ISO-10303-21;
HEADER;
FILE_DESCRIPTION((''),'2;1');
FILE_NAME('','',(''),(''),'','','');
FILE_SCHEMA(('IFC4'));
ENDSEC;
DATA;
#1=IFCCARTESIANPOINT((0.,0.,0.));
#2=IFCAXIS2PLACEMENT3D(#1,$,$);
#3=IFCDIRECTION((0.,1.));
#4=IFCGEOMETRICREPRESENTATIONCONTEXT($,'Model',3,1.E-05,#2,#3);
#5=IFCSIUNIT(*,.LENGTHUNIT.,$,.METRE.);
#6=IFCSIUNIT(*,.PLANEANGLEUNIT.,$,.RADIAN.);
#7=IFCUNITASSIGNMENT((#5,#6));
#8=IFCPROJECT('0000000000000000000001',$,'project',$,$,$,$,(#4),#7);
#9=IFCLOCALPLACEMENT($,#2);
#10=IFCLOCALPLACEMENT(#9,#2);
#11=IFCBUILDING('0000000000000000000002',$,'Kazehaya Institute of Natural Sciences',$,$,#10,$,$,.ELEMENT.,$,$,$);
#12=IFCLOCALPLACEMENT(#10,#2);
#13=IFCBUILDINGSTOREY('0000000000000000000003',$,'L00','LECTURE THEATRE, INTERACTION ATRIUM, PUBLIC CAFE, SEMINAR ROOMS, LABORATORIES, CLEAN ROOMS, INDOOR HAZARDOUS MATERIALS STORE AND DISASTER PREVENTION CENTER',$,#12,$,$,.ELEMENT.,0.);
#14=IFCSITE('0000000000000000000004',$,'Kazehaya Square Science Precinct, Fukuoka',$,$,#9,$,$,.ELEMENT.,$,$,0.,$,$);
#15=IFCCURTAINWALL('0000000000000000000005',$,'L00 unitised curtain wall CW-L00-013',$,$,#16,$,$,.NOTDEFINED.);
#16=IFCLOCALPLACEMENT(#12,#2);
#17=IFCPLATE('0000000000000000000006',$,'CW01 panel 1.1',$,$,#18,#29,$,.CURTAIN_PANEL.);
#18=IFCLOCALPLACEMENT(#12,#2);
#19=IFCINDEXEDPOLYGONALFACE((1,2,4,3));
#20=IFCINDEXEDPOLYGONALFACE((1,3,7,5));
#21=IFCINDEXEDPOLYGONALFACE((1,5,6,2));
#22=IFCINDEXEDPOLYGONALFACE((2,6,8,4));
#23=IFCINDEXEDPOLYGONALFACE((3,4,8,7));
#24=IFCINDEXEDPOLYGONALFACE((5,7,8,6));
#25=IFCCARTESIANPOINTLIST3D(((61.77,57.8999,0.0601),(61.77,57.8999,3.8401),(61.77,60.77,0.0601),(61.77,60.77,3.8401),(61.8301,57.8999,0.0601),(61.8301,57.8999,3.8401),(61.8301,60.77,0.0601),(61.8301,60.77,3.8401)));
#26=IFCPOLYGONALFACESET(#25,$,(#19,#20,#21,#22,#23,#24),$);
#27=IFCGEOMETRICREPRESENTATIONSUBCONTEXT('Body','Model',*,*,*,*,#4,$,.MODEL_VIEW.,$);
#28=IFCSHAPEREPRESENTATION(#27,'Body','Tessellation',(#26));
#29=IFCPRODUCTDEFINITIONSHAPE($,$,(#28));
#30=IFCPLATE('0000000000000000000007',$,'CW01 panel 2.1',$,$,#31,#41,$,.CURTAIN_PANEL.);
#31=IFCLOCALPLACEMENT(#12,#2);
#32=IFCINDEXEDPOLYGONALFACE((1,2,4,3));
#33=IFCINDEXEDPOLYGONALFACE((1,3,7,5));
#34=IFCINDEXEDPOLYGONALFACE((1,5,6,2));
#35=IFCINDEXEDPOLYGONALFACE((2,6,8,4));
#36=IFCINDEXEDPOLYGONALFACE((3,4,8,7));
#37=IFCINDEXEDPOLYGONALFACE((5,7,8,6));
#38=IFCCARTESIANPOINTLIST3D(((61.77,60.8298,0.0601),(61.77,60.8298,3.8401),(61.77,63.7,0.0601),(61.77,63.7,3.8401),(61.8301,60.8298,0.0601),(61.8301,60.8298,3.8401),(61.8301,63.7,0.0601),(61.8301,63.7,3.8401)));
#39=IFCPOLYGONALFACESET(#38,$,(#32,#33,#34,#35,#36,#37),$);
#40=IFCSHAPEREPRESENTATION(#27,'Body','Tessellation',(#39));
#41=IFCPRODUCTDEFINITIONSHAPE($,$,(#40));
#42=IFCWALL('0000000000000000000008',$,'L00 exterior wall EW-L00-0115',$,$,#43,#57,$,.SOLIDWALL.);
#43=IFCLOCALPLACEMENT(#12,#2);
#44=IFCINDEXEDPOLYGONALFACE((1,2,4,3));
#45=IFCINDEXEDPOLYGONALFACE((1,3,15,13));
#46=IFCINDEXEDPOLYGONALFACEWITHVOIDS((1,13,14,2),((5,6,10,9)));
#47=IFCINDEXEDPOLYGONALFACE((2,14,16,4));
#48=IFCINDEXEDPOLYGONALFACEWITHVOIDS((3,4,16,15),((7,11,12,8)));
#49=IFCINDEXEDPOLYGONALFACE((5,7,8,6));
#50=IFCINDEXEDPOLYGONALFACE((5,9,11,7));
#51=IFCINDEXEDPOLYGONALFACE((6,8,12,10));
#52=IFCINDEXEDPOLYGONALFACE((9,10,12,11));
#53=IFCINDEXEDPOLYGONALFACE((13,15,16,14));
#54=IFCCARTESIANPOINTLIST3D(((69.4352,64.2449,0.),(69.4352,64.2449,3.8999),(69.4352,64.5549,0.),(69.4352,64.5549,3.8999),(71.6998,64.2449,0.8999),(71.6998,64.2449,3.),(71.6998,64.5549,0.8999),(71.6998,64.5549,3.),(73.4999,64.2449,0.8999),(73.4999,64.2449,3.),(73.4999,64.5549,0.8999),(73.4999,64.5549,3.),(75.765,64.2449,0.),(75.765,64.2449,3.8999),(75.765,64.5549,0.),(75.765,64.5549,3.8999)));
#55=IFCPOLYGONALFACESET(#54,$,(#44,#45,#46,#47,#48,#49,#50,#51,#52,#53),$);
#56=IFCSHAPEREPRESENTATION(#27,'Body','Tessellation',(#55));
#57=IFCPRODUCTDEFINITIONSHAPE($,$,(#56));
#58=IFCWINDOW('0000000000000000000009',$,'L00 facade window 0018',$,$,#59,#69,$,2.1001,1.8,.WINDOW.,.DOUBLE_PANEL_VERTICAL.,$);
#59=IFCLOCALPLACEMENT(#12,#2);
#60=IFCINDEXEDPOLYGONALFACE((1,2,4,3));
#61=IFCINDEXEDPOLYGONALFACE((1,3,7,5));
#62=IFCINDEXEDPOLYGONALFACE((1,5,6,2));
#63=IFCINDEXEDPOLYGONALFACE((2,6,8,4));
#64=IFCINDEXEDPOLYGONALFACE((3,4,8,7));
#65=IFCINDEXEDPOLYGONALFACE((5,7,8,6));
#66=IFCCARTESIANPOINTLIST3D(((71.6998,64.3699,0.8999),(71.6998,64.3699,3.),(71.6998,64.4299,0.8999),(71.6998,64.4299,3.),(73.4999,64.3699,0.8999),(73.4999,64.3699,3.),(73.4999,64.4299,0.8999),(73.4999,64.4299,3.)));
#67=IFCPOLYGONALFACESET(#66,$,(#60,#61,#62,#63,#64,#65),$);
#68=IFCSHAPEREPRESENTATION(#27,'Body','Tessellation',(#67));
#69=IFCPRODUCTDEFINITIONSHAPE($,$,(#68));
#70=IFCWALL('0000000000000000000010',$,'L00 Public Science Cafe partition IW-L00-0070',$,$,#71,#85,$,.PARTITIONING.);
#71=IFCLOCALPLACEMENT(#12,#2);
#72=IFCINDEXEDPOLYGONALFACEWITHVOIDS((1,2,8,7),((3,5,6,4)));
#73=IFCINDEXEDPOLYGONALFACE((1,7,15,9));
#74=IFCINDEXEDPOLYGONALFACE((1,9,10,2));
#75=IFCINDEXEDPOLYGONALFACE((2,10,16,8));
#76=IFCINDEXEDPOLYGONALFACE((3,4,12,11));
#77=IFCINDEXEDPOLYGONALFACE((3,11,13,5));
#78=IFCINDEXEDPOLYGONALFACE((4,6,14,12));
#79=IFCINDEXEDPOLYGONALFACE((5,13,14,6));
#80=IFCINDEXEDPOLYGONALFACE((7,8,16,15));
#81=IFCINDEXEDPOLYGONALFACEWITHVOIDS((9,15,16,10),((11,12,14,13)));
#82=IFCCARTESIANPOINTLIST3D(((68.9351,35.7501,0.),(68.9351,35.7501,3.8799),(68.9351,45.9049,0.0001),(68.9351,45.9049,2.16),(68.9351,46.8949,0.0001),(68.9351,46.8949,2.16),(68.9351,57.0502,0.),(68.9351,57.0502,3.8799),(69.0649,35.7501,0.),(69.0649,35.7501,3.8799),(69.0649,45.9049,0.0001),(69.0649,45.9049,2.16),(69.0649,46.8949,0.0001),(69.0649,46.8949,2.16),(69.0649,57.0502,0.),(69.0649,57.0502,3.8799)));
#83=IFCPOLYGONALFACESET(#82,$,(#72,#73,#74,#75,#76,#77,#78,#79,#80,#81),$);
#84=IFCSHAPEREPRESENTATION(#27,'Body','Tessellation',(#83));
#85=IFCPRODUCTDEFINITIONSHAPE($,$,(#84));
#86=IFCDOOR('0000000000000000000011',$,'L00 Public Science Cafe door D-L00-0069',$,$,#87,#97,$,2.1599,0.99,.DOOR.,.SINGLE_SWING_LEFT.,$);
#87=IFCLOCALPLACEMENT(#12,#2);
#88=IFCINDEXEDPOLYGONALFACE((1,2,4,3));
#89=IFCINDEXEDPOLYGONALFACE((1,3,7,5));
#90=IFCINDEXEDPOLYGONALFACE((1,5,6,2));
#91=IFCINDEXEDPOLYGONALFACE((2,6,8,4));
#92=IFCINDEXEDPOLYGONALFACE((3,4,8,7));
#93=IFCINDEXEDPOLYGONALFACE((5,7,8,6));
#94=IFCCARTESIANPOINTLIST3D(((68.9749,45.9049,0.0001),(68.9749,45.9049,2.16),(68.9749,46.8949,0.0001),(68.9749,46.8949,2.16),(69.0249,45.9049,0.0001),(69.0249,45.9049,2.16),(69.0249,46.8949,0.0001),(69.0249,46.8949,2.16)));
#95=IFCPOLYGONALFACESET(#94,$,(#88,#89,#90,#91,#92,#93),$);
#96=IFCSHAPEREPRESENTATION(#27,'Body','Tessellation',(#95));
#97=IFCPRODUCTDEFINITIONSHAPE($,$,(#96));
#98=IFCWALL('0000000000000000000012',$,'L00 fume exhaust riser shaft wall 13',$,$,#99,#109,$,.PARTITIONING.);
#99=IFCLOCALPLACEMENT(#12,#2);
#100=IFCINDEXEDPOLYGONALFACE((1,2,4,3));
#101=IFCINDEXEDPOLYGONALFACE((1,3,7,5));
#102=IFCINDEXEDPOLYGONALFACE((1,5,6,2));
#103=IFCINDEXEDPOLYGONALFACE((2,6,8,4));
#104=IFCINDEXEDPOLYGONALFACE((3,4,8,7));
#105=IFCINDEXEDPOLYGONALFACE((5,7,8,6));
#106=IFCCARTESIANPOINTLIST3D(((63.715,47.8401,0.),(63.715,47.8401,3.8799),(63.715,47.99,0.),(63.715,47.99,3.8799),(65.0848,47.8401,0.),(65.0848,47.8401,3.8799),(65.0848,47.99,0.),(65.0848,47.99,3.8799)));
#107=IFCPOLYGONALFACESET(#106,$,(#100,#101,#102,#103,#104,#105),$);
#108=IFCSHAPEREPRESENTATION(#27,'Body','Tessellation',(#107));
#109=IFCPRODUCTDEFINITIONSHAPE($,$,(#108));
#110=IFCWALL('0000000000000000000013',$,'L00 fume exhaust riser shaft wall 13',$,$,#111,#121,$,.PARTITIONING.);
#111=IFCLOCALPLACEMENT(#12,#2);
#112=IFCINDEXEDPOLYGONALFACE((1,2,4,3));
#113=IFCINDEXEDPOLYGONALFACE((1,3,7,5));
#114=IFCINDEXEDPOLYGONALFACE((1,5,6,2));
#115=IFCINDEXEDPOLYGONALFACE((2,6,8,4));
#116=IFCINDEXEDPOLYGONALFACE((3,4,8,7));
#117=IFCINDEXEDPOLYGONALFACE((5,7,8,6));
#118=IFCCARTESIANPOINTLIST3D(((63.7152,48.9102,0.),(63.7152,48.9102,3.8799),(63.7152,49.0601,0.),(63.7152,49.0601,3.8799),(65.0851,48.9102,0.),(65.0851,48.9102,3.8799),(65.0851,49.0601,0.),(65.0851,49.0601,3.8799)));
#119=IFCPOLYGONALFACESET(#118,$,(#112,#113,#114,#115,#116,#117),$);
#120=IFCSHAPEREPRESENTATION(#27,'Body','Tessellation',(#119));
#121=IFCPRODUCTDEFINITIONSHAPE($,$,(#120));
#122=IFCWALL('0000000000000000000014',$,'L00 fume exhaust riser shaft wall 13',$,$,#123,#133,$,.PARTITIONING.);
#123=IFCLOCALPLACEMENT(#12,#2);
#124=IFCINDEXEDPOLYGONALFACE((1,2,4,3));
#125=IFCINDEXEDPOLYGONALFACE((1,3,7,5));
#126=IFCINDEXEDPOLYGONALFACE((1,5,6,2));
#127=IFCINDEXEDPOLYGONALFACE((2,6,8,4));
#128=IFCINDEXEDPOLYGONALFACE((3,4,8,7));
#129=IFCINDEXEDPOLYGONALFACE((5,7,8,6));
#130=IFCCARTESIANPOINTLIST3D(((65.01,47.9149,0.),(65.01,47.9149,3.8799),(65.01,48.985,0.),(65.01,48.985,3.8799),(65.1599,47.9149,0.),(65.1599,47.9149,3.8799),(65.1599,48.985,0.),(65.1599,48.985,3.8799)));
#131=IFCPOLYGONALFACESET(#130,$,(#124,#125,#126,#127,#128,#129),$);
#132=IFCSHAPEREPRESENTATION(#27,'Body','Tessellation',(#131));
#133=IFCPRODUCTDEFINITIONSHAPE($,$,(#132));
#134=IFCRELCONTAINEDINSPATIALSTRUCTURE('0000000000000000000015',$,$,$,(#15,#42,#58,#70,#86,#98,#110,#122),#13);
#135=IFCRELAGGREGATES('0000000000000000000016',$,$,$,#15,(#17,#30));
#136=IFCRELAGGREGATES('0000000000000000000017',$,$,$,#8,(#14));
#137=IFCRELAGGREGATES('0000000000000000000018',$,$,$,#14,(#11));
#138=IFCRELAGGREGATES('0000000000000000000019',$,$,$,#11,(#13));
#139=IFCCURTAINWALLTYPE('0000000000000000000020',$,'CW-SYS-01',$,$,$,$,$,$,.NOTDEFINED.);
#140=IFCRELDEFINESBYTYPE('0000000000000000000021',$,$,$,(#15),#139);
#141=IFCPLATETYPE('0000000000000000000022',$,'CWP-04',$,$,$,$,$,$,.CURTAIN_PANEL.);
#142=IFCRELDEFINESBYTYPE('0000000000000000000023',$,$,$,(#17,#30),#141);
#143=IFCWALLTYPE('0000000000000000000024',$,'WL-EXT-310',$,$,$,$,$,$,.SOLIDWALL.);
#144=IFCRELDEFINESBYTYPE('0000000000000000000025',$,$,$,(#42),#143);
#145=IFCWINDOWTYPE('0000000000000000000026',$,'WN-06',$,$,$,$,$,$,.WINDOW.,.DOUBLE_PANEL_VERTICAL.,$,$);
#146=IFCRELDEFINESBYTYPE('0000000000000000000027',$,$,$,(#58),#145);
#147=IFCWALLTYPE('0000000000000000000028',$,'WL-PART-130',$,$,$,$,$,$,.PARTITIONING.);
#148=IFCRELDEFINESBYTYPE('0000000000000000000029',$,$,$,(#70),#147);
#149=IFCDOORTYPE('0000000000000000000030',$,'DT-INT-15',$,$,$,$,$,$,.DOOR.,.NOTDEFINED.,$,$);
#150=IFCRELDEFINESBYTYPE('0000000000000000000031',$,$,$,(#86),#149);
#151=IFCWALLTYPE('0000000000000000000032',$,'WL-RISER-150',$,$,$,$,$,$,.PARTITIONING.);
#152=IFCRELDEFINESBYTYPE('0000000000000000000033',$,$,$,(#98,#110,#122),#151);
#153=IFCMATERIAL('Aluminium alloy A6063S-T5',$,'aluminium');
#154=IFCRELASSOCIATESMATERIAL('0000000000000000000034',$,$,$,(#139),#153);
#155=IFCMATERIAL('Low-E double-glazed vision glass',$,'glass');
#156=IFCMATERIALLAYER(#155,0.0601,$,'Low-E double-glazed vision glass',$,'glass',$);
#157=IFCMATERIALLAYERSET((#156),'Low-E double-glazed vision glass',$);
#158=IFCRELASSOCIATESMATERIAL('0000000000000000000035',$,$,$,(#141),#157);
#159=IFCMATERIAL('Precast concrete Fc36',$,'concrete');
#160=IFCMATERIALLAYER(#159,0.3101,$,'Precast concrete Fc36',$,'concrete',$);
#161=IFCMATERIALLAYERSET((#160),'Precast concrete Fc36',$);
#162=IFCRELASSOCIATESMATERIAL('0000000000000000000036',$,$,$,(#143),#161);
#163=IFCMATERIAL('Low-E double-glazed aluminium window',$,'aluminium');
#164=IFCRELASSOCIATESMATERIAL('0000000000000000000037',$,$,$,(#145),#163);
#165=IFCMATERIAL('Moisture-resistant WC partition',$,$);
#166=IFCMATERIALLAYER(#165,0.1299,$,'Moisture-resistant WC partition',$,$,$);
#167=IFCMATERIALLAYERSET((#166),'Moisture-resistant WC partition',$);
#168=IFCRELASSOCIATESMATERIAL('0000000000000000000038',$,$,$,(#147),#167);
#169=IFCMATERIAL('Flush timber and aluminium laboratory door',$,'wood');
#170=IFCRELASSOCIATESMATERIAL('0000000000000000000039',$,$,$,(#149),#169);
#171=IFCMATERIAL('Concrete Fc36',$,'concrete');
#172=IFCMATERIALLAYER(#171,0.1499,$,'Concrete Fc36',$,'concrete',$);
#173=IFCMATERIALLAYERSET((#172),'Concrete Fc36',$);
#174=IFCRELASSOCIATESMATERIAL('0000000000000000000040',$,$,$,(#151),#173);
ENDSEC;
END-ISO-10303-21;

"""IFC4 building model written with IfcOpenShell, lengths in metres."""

from ifc_helpers import new_model, si_unit, direction, frame, frame_2d, origin, origin_2d, place, context, subcontext, project, spatial, rectangle, extrude, material, layer, layer_set, type_object, element, fill, aggregate, save


model = new_model("IFC4")

# Units and contexts
model_context = context("Model", 3, precision=1e-05, world=origin(), true_north=direction((0.0, 1.0)))
body_context = subcontext(model_context, "Body", "Model", "MODEL_VIEW")
ifc_project = project(units=[si_unit("LENGTHUNIT", "METRE"), si_unit("PLANEANGLEUNIT", "RADIAN")], contexts=[model_context])

# Site, building, storey
site_placement = place(None, origin())
site = spatial("IfcSite", under=ifc_project, at=site_placement, Name="Kazehaya Square Science Precinct, Fukuoka", CompositionType="ELEMENT", RefElevation=0.0)
building_placement = place(site_placement, origin())
building = spatial("IfcBuilding", under=site, at=building_placement, Name="Kazehaya Institute of Natural Sciences", CompositionType="ELEMENT")
storey_placement = place(building_placement, origin())
storey = spatial("IfcBuildingStorey", under=building, at=storey_placement, Name="L00", Description="LECTURE THEATRE, INTERACTION ATRIUM, PUBLIC CAFE, SEMINAR ROOMS, LABORATORIES, CLEAN ROOMS, INDOOR HAZARDOUS MATERIALS STORE AND DISASTER PREVENTION CENTER", CompositionType="ELEMENT", Elevation=0.0)

# Shared definitions
ifc_material_1 = material(Name="Concrete Fc36", Category="concrete")

# Shared definitions
ifc_material_2 = material(Name="Aluminium alloy A6063S-T5", Category="aluminium")
curtain_wall_type = type_object("IfcCurtainWallType", Name="CW-SYS-01", PredefinedType="NOTDEFINED", material=ifc_material_2)

# Curtain wall
curtain_wall_1_placement = place(storey_placement, origin())
curtain_wall_1 = element("IfcCurtainWall", 1, at=curtain_wall_1_placement, inside=storey, type_object=curtain_wall_type, Name="L00 unitised curtain wall CW-L00-013", PredefinedType="NOTDEFINED")

# Plates
ifc_material_3 = material(Name="Low-E double-glazed vision glass", Category="glass")
ifc_layer_1 = layer(ifc_material_3, 0.0601, Name="Low-E double-glazed vision glass", Category="glass")
ifc_layer_set_1 = layer_set([ifc_layer_1], Name="Low-E double-glazed vision glass")
plate_type_1 = type_object("IfcPlateType", Name="CWP-04", PredefinedType="CURTAIN_PANEL", material=ifc_layer_set_1)
plate_1_placement = place(storey_placement, frame((61.8, 59.335, 0.0601), z_axis=(0.0, 0.0, 1.0), x_axis=(0.0, 1.0, 0.0)))
plate_1 = element("IfcPlate", 2, at=plate_1_placement, type_object=plate_type_1, Name="CW01 panel 1.1", PredefinedType="CURTAIN_PANEL", context=body_context, shape_type="SweptSolid", body=[
    extrude(rectangle(XDim=2.8701, YDim=0.0601, at=origin_2d()), origin(), (0.0, 0.0, 1.0), 3.78),
])
plate_2_placement = place(storey_placement, frame((61.8, 62.2649, 0.0601), z_axis=(0.0, 0.0, 1.0), x_axis=(0.0, 1.0, 0.0)))
plate_2 = element("IfcPlate", 3, at=plate_2_placement, type_object=plate_type_1, Name="CW01 panel 2.1", PredefinedType="CURTAIN_PANEL", context=body_context, shape_type="SweptSolid", body=[
    extrude(rectangle(XDim=2.8701, YDim=0.0601, at=origin_2d()), origin(), (0.0, 0.0, 1.0), 3.78),
])
aggregate(curtain_wall_1, [plate_1, plate_2])

# Wall, opening, window
ifc_material_4 = material(Name="Precast concrete Fc36", Category="concrete")
ifc_layer_2 = layer(ifc_material_4, 0.3101, Name="Precast concrete Fc36", Category="concrete")
ifc_layer_set_2 = layer_set([ifc_layer_2], Name="Precast concrete Fc36")
wall_type_1 = type_object("IfcWallType", Name="WL-EXT-310", PredefinedType="SOLIDWALL", material=ifc_layer_set_2)
wall_1_placement = place(storey_placement, frame((69.4351, 64.3999, 0.0), z_axis=(0.0, 0.0, 1.0), x_axis=(1.0, 0.0, 0.0)))
wall_1 = element("IfcWall", 4, at=wall_1_placement, inside=storey, type_object=wall_type_1, Name="L00 exterior wall EW-L00-0115", PredefinedType="SOLIDWALL", context=body_context, shape_type="SweptSolid", body=[
    extrude(rectangle(XDim=6.3298, YDim=0.3101, at=frame_2d((3.165, 0.0))), origin(), (0.0, 0.0, 1.0), 3.8999),
])
opening_1_placement = place(wall_1_placement, frame((2.2649, 0.0, 0.8999)))
opening_1 = element("IfcOpeningElement", 5, at=opening_1_placement, cuts=wall_1, PredefinedType="OPENING", context=body_context, shape_type="SweptSolid", body=[
    extrude(rectangle(XDim=1.8, YDim=2.1001, at=frame_2d((0.8999, 1.05))), frame((0.0, 0.165, 0.0), z_axis=(0.0, -1.0, 0.0), x_axis=(1.0, 0.0, 0.0)), (0.0, 0.0, 1.0), 0.3301),
])
ifc_material_5 = material(Name="Low-E double-glazed aluminium window", Category="aluminium")
window_type = type_object("IfcWindowType", Name="WN-06", PartitioningType="DOUBLE_PANEL_VERTICAL", PredefinedType="WINDOW", material=ifc_material_5)
window_placement = place(opening_1_placement, origin())
window = element("IfcWindow", 6, at=window_placement, inside=storey, type_object=window_type, Name="L00 facade window 0018", OverallHeight=2.1001, OverallWidth=1.8, PartitioningType="DOUBLE_PANEL_VERTICAL", PredefinedType="WINDOW", context=body_context, shape_type="SweptSolid", body=[
    extrude(rectangle(XDim=1.8, YDim=2.1001, at=frame_2d((0.8999, 1.05))), frame((0.0, 0.03, 0.0), z_axis=(0.0, -1.0, 0.0), x_axis=(1.0, 0.0, 0.0)), (0.0, 0.0, 1.0), 0.0601),
])
fill(opening_1, window)

# Wall, opening, door
ifc_material_6 = material(Name="Moisture-resistant WC partition")
ifc_layer_3 = layer(ifc_material_6, 0.1299, Name="Moisture-resistant WC partition")
ifc_layer_set_3 = layer_set([ifc_layer_3], Name="Moisture-resistant WC partition")
wall_type_2 = type_object("IfcWallType", Name="WL-PART-130", PredefinedType="PARTITIONING", material=ifc_layer_set_3)
wall_2_placement = place(storey_placement, frame((69.0, 57.05, 0.0), z_axis=(0.0, 0.0, 1.0), x_axis=(0.0, -1.0, 0.0)))
wall_2 = element("IfcWall", 7, at=wall_2_placement, inside=storey, type_object=wall_type_2, Name="L00 Public Science Cafe partition IW-L00-0070", PredefinedType="PARTITIONING", context=body_context, shape_type="SweptSolid", body=[
    extrude(rectangle(XDim=21.3, YDim=0.1299, at=frame_2d((10.6499, 0.0))), origin(), (0.0, 0.0, 1.0), 3.8799),
])
opening_2_placement = place(wall_2_placement, frame((10.155, 0.0, 0.0)))
opening_2 = element("IfcOpeningElement", 8, at=opening_2_placement, cuts=wall_2, PredefinedType="OPENING", context=body_context, shape_type="SweptSolid", body=[
    extrude(rectangle(XDim=0.99, YDim=2.1599, at=frame_2d((0.4951, 1.0801))), frame((0.0, 0.075, 0.0), z_axis=(0.0, -1.0, 0.0), x_axis=(1.0, 0.0, 0.0)), (0.0, 0.0, 1.0), 0.1499),
])
ifc_material_7 = material(Name="Flush timber and aluminium laboratory door", Category="wood")
door_type = type_object("IfcDoorType", Name="DT-INT-15", OperationType="NOTDEFINED", PredefinedType="DOOR", material=ifc_material_7)
door_placement = place(opening_2_placement, origin())
door = element("IfcDoor", 9, at=door_placement, inside=storey, type_object=door_type, Name="L00 Public Science Cafe door D-L00-0069", OperationType="SINGLE_SWING_LEFT", OverallHeight=2.1599, OverallWidth=0.99, PredefinedType="DOOR", context=body_context, shape_type="SweptSolid", body=[
    extrude(rectangle(XDim=0.99, YDim=2.1599, at=frame_2d((0.4951, 1.0801))), frame((0.0, 0.0249, 0.0), z_axis=(0.0, -1.0, 0.0), x_axis=(1.0, 0.0, 0.0)), (0.0, 0.0, 1.0), 0.05),
])
fill(opening_2, door)

# Walls
ifc_layer_4 = layer(ifc_material_1, 0.1499, Name="Concrete Fc36", Category="concrete")
ifc_layer_set_4 = layer_set([ifc_layer_4], Name="Concrete Fc36")
wall_type_3 = type_object("IfcWallType", Name="WL-RISER-150", PredefinedType="PARTITIONING", material=ifc_layer_set_4)
for number, where, z_axis, x_axis, name in (
    (10, (65.085, 47.915, 0.0), (0.0, 0.0, 1.0), (-1.0, 0.0, 0.0), "L00 fume exhaust riser shaft wall 13"),
    (11, (63.7151, 48.9851, 0.0), (0.0, 0.0, 1.0), (1.0, 0.0, 0.0), "L00 fume exhaust riser shaft wall 13"),
):
    element("IfcWall", number, at=place(storey_placement, frame(where, z_axis=z_axis, x_axis=x_axis)), inside=storey, type_object=wall_type_3, Name=name, PredefinedType="PARTITIONING", context=body_context, shape_type="SweptSolid", body=[
        extrude(rectangle(XDim=1.3699, YDim=0.1499, at=frame_2d((0.6851, 0.0))), origin(), (0.0, 0.0, 1.0), 3.8799),
    ])
wall_3_placement = place(storey_placement, frame((65.085, 48.9851, 0.0), z_axis=(0.0, 0.0, 1.0), x_axis=(0.0, -1.0, 0.0)))
element("IfcWall", 12, at=wall_3_placement, inside=storey, type_object=wall_type_3, Name="L00 fume exhaust riser shaft wall 13", PredefinedType="PARTITIONING", context=body_context, shape_type="SweptSolid", body=[
    extrude(rectangle(XDim=1.0701, YDim=0.1499, at=frame_2d((0.5352, 0.0))), origin(), (0.0, 0.0, 1.0), 3.8799),
])

save(model, "model.ifc")
